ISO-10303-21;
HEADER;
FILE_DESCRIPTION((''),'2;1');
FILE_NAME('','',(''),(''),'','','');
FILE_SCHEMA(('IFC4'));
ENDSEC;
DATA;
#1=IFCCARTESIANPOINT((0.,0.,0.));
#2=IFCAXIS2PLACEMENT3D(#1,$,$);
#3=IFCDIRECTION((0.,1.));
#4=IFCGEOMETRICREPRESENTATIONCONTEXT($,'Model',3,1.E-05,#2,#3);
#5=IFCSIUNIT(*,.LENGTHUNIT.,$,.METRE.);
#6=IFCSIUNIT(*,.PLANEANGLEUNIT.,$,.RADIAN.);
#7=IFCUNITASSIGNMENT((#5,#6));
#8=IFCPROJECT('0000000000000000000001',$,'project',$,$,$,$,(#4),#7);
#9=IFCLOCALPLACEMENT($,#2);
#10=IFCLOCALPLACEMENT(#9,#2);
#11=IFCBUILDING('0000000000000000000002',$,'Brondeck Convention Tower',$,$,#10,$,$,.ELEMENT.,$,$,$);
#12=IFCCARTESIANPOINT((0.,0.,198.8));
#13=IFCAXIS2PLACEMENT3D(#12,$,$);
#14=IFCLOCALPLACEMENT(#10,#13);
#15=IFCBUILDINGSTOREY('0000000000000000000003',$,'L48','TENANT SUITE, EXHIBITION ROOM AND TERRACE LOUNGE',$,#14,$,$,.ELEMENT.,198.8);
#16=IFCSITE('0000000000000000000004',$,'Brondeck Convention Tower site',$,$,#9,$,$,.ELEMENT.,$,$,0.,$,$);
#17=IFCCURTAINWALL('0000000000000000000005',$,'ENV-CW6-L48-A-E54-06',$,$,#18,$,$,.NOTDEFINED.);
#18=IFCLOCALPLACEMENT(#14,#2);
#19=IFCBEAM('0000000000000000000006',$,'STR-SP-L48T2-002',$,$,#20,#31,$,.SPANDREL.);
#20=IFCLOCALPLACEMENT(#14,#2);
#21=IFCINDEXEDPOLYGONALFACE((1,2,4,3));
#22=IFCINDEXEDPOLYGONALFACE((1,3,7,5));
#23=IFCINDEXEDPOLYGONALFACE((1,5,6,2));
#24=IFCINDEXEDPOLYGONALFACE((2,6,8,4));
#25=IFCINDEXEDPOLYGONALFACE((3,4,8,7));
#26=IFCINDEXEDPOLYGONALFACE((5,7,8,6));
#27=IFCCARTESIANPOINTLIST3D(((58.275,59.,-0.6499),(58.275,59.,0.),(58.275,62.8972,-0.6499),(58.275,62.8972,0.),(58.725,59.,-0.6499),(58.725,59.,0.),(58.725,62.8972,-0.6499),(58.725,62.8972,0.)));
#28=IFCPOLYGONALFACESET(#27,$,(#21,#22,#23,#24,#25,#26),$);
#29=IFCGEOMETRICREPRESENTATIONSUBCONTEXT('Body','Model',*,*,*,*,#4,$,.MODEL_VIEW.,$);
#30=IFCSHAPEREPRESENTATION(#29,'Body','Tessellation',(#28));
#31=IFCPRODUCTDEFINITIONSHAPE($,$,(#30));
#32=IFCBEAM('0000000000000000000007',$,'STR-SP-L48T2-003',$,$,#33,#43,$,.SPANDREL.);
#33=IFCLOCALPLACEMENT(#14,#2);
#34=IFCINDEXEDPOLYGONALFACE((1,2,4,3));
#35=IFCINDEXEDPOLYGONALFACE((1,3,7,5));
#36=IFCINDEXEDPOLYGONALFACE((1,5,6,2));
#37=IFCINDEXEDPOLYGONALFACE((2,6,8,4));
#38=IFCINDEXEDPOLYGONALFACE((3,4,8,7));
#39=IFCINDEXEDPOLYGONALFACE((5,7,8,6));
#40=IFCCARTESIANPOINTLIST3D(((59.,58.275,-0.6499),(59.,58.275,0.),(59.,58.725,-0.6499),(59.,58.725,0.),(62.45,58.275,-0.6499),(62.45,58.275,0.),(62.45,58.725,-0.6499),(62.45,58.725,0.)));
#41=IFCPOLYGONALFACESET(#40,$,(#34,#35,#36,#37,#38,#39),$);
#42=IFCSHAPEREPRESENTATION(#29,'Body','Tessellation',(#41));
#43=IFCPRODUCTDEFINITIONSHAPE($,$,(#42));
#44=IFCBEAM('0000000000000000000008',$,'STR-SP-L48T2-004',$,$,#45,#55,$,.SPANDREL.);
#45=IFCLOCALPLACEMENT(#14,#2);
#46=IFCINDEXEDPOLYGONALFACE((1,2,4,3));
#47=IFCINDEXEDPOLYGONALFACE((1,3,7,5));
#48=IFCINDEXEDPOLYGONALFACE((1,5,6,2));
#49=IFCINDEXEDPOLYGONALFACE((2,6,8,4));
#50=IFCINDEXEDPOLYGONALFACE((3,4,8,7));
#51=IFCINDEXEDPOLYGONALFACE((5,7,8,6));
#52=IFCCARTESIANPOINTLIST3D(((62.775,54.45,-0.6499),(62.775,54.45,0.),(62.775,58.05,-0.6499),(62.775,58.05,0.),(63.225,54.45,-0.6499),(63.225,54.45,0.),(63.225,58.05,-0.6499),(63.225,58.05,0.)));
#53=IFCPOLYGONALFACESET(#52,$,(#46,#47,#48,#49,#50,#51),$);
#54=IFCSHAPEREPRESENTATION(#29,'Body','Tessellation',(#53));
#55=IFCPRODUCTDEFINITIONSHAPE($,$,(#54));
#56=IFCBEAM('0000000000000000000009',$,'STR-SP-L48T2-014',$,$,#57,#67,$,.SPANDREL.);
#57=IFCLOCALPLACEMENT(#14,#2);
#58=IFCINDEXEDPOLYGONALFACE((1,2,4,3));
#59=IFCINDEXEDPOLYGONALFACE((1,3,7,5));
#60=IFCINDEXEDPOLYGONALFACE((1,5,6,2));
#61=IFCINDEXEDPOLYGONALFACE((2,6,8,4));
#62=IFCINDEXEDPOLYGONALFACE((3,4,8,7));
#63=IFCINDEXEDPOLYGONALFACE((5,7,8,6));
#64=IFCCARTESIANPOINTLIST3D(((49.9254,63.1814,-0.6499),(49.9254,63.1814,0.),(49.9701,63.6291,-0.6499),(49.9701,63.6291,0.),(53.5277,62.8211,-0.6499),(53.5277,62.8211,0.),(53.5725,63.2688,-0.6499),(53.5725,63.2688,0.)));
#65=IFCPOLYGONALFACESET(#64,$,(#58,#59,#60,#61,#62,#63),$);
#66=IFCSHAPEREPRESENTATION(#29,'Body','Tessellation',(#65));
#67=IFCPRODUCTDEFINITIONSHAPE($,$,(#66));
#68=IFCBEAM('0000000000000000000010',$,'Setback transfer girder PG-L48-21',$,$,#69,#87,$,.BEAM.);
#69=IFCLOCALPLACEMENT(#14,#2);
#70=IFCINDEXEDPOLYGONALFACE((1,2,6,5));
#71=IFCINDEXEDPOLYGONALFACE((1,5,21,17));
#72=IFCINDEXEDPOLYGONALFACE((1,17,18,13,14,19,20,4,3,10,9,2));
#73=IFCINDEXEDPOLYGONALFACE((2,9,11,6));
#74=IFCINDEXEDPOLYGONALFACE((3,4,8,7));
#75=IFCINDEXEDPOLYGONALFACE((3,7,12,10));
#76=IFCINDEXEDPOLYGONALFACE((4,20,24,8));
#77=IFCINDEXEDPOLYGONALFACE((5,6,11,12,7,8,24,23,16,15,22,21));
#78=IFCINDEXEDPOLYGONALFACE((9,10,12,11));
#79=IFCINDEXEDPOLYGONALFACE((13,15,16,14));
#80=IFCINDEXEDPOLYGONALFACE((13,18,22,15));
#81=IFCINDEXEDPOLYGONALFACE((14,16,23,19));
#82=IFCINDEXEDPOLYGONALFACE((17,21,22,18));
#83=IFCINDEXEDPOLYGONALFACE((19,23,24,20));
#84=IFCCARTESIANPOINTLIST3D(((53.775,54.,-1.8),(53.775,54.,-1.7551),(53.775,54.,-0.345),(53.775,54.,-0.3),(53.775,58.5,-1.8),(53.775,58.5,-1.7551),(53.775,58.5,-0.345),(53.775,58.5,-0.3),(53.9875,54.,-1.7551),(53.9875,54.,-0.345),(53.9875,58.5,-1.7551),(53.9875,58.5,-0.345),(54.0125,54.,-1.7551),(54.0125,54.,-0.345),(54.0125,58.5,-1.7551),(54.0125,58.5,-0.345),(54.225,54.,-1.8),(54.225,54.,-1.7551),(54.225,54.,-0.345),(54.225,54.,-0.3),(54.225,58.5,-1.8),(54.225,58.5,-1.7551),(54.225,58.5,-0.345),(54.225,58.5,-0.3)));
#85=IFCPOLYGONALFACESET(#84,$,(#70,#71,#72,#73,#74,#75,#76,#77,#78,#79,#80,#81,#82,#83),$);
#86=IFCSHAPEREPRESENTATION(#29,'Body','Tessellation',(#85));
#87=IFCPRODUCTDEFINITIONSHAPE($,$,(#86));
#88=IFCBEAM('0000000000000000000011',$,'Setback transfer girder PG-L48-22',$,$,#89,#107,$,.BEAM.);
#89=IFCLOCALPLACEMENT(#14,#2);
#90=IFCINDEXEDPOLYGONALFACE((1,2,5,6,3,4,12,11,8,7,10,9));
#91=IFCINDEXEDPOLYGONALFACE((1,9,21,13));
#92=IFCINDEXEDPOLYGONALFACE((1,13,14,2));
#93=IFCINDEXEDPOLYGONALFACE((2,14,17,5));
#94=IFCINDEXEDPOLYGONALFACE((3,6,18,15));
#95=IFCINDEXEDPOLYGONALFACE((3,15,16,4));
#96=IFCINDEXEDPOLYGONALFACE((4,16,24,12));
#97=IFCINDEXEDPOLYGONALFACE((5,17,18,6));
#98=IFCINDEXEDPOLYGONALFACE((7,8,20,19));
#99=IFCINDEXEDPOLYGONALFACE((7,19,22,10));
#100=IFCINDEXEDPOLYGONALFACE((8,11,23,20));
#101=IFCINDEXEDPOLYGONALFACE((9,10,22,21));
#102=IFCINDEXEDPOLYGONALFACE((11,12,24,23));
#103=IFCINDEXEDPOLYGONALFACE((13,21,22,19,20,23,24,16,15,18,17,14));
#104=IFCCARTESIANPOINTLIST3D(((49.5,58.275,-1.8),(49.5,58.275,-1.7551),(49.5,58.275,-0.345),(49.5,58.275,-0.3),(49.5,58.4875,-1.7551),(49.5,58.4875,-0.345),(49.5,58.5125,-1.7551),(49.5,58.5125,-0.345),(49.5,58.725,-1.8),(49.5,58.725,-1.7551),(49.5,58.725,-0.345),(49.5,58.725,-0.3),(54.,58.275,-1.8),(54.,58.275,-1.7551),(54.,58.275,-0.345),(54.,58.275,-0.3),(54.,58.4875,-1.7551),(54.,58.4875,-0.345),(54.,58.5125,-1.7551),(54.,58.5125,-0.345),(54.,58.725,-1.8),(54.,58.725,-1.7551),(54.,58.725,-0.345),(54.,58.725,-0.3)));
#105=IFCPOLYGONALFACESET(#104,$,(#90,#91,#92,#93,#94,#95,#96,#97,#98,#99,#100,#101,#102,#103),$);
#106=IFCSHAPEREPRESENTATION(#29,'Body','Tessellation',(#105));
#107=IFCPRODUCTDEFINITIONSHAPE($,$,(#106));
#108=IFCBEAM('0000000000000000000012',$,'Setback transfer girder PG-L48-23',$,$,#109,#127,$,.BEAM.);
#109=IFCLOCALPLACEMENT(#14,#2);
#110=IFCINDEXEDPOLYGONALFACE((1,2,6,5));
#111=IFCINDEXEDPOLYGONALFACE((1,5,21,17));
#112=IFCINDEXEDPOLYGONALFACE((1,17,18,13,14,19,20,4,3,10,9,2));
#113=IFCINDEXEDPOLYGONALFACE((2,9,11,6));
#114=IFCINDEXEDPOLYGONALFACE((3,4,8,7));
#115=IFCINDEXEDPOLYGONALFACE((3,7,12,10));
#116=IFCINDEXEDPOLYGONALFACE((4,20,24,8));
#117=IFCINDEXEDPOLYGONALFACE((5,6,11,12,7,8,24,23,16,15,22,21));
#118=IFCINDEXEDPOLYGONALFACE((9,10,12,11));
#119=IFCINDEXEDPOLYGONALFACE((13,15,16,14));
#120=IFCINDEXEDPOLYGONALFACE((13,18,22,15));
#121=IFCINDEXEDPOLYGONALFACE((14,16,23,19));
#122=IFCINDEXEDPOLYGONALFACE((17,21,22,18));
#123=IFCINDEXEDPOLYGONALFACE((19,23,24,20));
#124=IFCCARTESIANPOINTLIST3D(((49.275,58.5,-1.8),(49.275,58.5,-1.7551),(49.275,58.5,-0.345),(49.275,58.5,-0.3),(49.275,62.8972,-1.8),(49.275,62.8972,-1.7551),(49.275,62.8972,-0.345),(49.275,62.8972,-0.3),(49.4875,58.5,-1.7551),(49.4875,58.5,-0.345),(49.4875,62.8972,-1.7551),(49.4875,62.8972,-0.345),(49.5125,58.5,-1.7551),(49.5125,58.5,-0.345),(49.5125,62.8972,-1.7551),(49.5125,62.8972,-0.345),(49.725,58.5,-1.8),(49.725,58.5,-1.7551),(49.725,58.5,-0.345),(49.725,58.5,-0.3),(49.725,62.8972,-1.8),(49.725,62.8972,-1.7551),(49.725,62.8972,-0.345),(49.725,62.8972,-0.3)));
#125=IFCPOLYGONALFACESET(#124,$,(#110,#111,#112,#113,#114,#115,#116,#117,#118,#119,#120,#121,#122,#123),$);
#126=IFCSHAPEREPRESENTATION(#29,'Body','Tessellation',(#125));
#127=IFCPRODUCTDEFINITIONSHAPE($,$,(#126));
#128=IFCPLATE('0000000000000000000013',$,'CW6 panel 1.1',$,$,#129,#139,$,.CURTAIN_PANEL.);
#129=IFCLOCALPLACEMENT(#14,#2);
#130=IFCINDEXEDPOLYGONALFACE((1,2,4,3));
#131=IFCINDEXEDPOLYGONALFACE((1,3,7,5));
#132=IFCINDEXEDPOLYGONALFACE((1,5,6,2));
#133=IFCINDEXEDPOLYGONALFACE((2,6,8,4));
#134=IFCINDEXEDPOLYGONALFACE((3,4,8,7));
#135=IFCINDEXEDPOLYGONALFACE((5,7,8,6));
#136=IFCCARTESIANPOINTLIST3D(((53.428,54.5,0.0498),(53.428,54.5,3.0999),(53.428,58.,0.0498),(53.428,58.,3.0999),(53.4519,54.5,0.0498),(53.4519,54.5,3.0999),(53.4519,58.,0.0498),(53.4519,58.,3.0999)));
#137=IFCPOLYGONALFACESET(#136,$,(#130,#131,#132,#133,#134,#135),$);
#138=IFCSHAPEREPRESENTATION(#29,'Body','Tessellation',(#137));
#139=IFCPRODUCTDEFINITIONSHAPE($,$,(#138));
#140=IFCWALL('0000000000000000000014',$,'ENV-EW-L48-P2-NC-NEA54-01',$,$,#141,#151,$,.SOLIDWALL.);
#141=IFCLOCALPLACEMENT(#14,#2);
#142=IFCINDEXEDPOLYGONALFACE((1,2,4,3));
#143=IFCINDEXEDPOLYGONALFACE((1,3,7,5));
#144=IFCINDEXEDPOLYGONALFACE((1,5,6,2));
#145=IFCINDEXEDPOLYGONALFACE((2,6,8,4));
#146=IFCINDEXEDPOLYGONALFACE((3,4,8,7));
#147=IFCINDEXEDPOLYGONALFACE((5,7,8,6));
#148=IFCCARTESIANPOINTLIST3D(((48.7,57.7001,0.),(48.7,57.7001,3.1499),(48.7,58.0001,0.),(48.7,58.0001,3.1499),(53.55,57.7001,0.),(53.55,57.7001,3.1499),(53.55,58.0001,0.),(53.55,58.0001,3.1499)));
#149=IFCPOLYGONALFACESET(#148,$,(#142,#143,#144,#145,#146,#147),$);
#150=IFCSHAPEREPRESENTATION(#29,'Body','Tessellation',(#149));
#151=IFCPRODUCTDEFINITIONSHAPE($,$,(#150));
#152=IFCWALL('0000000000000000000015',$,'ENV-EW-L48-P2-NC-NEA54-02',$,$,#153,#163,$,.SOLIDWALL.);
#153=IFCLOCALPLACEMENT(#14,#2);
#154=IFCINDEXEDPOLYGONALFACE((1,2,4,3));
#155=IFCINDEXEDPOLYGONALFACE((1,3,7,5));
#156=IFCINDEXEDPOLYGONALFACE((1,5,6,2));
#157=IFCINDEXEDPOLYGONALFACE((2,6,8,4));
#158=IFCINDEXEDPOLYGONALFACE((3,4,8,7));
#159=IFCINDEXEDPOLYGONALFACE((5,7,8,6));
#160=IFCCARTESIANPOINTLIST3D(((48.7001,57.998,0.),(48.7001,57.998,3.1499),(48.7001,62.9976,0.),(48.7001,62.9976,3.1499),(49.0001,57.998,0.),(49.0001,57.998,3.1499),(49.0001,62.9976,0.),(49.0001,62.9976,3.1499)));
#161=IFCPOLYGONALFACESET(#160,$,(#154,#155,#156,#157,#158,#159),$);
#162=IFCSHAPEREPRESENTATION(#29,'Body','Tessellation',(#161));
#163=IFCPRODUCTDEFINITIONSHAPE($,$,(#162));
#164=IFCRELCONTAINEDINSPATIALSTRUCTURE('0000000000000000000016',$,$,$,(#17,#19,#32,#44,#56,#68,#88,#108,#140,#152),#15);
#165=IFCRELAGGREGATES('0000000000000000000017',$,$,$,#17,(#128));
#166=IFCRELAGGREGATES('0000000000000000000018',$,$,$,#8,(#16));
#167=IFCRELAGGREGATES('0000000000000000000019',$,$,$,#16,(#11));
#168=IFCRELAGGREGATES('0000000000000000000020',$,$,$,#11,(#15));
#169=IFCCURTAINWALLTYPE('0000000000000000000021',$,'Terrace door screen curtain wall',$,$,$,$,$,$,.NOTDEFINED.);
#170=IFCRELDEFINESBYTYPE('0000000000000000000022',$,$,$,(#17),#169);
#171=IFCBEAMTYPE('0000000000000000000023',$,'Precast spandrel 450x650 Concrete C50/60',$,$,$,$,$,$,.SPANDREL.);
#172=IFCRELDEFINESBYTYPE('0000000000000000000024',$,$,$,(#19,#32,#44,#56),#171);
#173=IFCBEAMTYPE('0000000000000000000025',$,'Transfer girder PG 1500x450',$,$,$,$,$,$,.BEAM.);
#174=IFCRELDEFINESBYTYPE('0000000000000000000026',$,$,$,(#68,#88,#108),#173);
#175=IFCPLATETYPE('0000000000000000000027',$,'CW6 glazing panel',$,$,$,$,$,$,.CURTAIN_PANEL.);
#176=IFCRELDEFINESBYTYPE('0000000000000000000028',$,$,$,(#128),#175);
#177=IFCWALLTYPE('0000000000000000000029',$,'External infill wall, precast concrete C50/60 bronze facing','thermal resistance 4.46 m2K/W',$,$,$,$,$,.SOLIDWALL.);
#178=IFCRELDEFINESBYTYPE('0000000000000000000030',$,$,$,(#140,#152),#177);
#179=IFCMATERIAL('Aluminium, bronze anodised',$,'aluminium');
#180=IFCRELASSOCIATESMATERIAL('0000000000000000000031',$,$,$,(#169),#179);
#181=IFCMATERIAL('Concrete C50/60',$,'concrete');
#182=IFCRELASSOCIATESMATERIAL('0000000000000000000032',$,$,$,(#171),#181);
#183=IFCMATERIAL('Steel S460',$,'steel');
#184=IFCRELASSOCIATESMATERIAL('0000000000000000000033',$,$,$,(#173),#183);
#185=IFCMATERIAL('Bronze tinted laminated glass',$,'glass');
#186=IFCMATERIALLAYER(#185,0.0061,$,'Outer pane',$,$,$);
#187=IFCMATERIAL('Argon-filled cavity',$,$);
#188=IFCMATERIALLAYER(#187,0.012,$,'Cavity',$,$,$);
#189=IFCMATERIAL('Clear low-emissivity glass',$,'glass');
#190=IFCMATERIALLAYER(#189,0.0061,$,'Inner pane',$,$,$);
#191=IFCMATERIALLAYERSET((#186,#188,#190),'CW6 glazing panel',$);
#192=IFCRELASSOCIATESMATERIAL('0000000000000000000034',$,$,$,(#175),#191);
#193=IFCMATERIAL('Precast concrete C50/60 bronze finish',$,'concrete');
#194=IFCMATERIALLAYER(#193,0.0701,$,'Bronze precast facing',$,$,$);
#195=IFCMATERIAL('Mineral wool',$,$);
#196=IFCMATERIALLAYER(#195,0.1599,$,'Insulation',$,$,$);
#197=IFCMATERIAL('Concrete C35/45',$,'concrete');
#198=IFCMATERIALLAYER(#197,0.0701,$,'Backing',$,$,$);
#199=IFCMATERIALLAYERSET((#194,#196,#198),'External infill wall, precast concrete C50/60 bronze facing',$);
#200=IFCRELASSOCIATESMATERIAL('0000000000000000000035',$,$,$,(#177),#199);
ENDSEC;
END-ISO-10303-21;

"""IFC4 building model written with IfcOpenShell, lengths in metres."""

from ifc_helpers import new_model, si_unit, direction, frame, frame_2d, origin, origin_2d, place, context, subcontext, project, spatial, rectangle, i_section, extrude, material, layer, layer_set, material_profile, profile_set, type_object, element, aggregate, save


model = new_model("IFC4")

# Units and contexts
model_context = context("Model", 3, precision=1e-05, world=origin(), true_north=direction((0.0, 1.0)))
body_context = subcontext(model_context, "Body", "Model", "MODEL_VIEW")
ifc_project = project(units=[si_unit("LENGTHUNIT", "METRE"), si_unit("PLANEANGLEUNIT", "RADIAN")], contexts=[model_context])

# Site, building, storey
site_placement = place(None, origin())
site = spatial("IfcSite", under=ifc_project, at=site_placement, Name="Brondeck Convention Tower site", CompositionType="ELEMENT", RefElevation=0.0)
building_placement = place(site_placement, origin())
building = spatial("IfcBuilding", under=site, at=building_placement, Name="Brondeck Convention Tower", CompositionType="ELEMENT")
storey_placement = place(building_placement, frame((0.0, 0.0, 198.8)))
storey = spatial("IfcBuildingStorey", under=building, at=storey_placement, Name="L48", Description="TENANT SUITE, EXHIBITION ROOM AND TERRACE LOUNGE", CompositionType="ELEMENT", Elevation=198.8)

# Shared definitions
ifc_material_1 = material(Name="Concrete C50/60", Category="concrete")

# Curtain wall
ifc_material_2 = material(Name="Aluminium, bronze anodised", Category="aluminium")
curtain_wall_type = type_object("IfcCurtainWallType", Name="Terrace door screen curtain wall", PredefinedType="NOTDEFINED", material=ifc_material_2)
curtain_wall_placement = place(storey_placement, origin())
curtain_wall = element("IfcCurtainWall", 1, at=curtain_wall_placement, inside=storey, type_object=curtain_wall_type, Name="ENV-CW6-L48-A-E54-06", PredefinedType="NOTDEFINED")

# Beams
ifc_material_profile_1 = material_profile(ifc_material_1, rectangle(XDim=0.45, YDim=0.6499, at=origin_2d()), Name="Precast spandrel 450x650 Concrete C50/60")
ifc_profile_set_1 = profile_set([ifc_material_profile_1], Name="Concrete C50/60")
beam_type_1 = type_object("IfcBeamType", Name="Precast spandrel 450x650 Concrete C50/60", PredefinedType="SPANDREL", material=ifc_profile_set_1)
beam_1_placement = place(storey_placement, frame((58.5, 62.8972, -0.325), z_axis=(0.0, -1.0, 0.0), x_axis=(1.0, 0.0, 0.0)))
element("IfcBeam", 2, at=beam_1_placement, inside=storey, type_object=beam_type_1, Name="STR-SP-L48T2-002", PredefinedType="SPANDREL", context=body_context, shape_type="SweptSolid", body=[
    extrude(rectangle(XDim=0.45, YDim=0.6499, at=origin_2d()), origin(), (0.0, 0.0, 1.0), 3.8972),
])
beam_2_placement = place(storey_placement, frame((59.0, 58.5, -0.325), z_axis=(1.0, 0.0, 0.0), x_axis=(0.0, 1.0, 0.0)))
element("IfcBeam", 3, at=beam_2_placement, inside=storey, type_object=beam_type_1, Name="STR-SP-L48T2-003", PredefinedType="SPANDREL", context=body_context, shape_type="SweptSolid", body=[
    extrude(rectangle(XDim=0.45, YDim=0.6499, at=origin_2d()), origin(), (0.0, 0.0, 1.0), 3.45),
])
beam_3_placement = place(storey_placement, frame((63.0, 58.05, -0.325), z_axis=(0.0, -1.0, 0.0), x_axis=(1.0, 0.0, 0.0)))
element("IfcBeam", 4, at=beam_3_placement, inside=storey, type_object=beam_type_1, Name="STR-SP-L48T2-004", PredefinedType="SPANDREL", context=body_context, shape_type="SweptSolid", body=[
    extrude(rectangle(XDim=0.45, YDim=0.6499, at=origin_2d()), origin(), (0.0, 0.0, 1.0), 3.6001),
])
beam_4_placement = place(storey_placement, frame((49.9478, 63.4053, -0.325), z_axis=(0.995034, -0.099537, 0.0), x_axis=(0.099537, 0.995034, 0.0)))
element("IfcBeam", 5, at=beam_4_placement, inside=storey, type_object=beam_type_1, Name="STR-SP-L48T2-014", PredefinedType="SPANDREL", context=body_context, shape_type="SweptSolid", body=[
    extrude(rectangle(XDim=0.45, YDim=0.6499, at=origin_2d()), origin(), (0.0, 0.0, 1.0), 3.6204),
])
ifc_material_3 = material(Name="Steel S460", Category="steel")
ifc_material_profile_2 = material_profile(ifc_material_3, i_section(OverallWidth=0.45, OverallDepth=1.5, WebThickness=0.0249, FlangeThickness=0.0449, at=origin_2d()), Name="PG 1500x450")
ifc_profile_set_2 = profile_set([ifc_material_profile_2], Name="Steel S460")
beam_type_2 = type_object("IfcBeamType", Name="Transfer girder PG 1500x450", PredefinedType="BEAM", material=ifc_profile_set_2)
for number, where, z_axis, x_axis, name in (
    (6, (54.0, 54.0, -1.05), (0.0, 1.0, 0.0), (-1.0, 0.0, 0.0), "Setback transfer girder PG-L48-21"),
    (7, (54.0, 58.5, -1.05), (-1.0, 0.0, 0.0), (0.0, -1.0, 0.0), "Setback transfer girder PG-L48-22"),
):
    element("IfcBeam", number, at=place(storey_placement, frame(where, z_axis=z_axis, x_axis=x_axis)), inside=storey, type_object=beam_type_2, Name=name, PredefinedType="BEAM", context=body_context, shape_type="SweptSolid", body=[
        extrude(i_section(OverallWidth=0.45, OverallDepth=1.5, WebThickness=0.0249, FlangeThickness=0.0449, at=origin_2d()), origin(), (0.0, 0.0, 1.0), 4.5),
    ])
beam_5_placement = place(storey_placement, frame((49.5, 58.5, -1.05), z_axis=(0.0, 1.0, 0.0), x_axis=(-1.0, 0.0, 0.0)))
element("IfcBeam", 8, at=beam_5_placement, inside=storey, type_object=beam_type_2, Name="Setback transfer girder PG-L48-23", PredefinedType="BEAM", context=body_context, shape_type="SweptSolid", body=[
    extrude(i_section(OverallWidth=0.45, OverallDepth=1.5, WebThickness=0.0249, FlangeThickness=0.0449, at=origin_2d()), origin(), (0.0, 0.0, 1.0), 4.3972),
])

# Plate
ifc_material_4 = material(Name="Bronze tinted laminated glass", Category="glass")
ifc_layer_1 = layer(ifc_material_4, 0.0061, Name="Outer pane")
ifc_material_5 = material(Name="Argon-filled cavity")
ifc_layer_2 = layer(ifc_material_5, 0.012, Name="Cavity")
ifc_material_6 = material(Name="Clear low-emissivity glass", Category="glass")
ifc_layer_3 = layer(ifc_material_6, 0.0061, Name="Inner pane")
ifc_layer_set_1 = layer_set([ifc_layer_1, ifc_layer_2, ifc_layer_3], Name="CW6 glazing panel")
plate_type = type_object("IfcPlateType", Name="CW6 glazing panel", PredefinedType="CURTAIN_PANEL", material=ifc_layer_set_1)
plate_placement = place(storey_placement, frame((53.4399, 56.25, 0.0498), z_axis=(0.0, 0.0, 1.0), x_axis=(0.0, -1.0, 0.0)))
plate = element("IfcPlate", 9, at=plate_placement, type_object=plate_type, Name="CW6 panel 1.1", PredefinedType="CURTAIN_PANEL", context=body_context, shape_type="SweptSolid", body=[
    extrude(rectangle(XDim=3.5, YDim=0.0239, at=origin_2d()), origin(), (0.0, 0.0, 1.0), 3.05),
])
aggregate(curtain_wall, [plate])

# Walls
ifc_material_7 = material(Name="Precast concrete C50/60 bronze finish", Category="concrete")
ifc_layer_4 = layer(ifc_material_7, 0.0701, Name="Bronze precast facing")
ifc_material_8 = material(Name="Mineral wool")
ifc_layer_5 = layer(ifc_material_8, 0.1599, Name="Insulation")
ifc_material_9 = material(Name="Concrete C35/45", Category="concrete")
ifc_layer_6 = layer(ifc_material_9, 0.0701, Name="Backing")
ifc_layer_set_2 = layer_set([ifc_layer_4, ifc_layer_5, ifc_layer_6], Name="External infill wall, precast concrete C50/60 bronze facing")
wall_type = type_object("IfcWallType", Name="External infill wall, precast concrete C50/60 bronze facing", Description="thermal resistance 4.46 m2K/W", PredefinedType="SOLIDWALL", material=ifc_layer_set_2)
wall_1_placement = place(storey_placement, frame((48.7, 57.8501, 0.0), z_axis=(0.0, 0.0, 1.0), x_axis=(1.0, 0.0, 0.0)))
element("IfcWall", 10, at=wall_1_placement, inside=storey, type_object=wall_type, Name="ENV-EW-L48-P2-NC-NEA54-01", PredefinedType="SOLIDWALL", context=body_context, shape_type="SweptSolid", body=[
    extrude(rectangle(XDim=4.8501, YDim=0.3, at=frame_2d((2.425, 0.0))), origin(), (0.0, 0.0, 1.0), 3.1499),
])
wall_2_placement = place(storey_placement, frame((48.8501, 62.9976, 0.0), z_axis=(0.0, 0.0, 1.0), x_axis=(0.0, -1.0, 0.0)))
element("IfcWall", 11, at=wall_2_placement, inside=storey, type_object=wall_type, Name="ENV-EW-L48-P2-NC-NEA54-02", PredefinedType="SOLIDWALL", context=body_context, shape_type="SweptSolid", body=[
    extrude(rectangle(XDim=4.9995, YDim=0.3, at=frame_2d((2.4998, 0.0))), origin(), (0.0, 0.0, 1.0), 3.1499),
])

save(model, "model.ifc")
